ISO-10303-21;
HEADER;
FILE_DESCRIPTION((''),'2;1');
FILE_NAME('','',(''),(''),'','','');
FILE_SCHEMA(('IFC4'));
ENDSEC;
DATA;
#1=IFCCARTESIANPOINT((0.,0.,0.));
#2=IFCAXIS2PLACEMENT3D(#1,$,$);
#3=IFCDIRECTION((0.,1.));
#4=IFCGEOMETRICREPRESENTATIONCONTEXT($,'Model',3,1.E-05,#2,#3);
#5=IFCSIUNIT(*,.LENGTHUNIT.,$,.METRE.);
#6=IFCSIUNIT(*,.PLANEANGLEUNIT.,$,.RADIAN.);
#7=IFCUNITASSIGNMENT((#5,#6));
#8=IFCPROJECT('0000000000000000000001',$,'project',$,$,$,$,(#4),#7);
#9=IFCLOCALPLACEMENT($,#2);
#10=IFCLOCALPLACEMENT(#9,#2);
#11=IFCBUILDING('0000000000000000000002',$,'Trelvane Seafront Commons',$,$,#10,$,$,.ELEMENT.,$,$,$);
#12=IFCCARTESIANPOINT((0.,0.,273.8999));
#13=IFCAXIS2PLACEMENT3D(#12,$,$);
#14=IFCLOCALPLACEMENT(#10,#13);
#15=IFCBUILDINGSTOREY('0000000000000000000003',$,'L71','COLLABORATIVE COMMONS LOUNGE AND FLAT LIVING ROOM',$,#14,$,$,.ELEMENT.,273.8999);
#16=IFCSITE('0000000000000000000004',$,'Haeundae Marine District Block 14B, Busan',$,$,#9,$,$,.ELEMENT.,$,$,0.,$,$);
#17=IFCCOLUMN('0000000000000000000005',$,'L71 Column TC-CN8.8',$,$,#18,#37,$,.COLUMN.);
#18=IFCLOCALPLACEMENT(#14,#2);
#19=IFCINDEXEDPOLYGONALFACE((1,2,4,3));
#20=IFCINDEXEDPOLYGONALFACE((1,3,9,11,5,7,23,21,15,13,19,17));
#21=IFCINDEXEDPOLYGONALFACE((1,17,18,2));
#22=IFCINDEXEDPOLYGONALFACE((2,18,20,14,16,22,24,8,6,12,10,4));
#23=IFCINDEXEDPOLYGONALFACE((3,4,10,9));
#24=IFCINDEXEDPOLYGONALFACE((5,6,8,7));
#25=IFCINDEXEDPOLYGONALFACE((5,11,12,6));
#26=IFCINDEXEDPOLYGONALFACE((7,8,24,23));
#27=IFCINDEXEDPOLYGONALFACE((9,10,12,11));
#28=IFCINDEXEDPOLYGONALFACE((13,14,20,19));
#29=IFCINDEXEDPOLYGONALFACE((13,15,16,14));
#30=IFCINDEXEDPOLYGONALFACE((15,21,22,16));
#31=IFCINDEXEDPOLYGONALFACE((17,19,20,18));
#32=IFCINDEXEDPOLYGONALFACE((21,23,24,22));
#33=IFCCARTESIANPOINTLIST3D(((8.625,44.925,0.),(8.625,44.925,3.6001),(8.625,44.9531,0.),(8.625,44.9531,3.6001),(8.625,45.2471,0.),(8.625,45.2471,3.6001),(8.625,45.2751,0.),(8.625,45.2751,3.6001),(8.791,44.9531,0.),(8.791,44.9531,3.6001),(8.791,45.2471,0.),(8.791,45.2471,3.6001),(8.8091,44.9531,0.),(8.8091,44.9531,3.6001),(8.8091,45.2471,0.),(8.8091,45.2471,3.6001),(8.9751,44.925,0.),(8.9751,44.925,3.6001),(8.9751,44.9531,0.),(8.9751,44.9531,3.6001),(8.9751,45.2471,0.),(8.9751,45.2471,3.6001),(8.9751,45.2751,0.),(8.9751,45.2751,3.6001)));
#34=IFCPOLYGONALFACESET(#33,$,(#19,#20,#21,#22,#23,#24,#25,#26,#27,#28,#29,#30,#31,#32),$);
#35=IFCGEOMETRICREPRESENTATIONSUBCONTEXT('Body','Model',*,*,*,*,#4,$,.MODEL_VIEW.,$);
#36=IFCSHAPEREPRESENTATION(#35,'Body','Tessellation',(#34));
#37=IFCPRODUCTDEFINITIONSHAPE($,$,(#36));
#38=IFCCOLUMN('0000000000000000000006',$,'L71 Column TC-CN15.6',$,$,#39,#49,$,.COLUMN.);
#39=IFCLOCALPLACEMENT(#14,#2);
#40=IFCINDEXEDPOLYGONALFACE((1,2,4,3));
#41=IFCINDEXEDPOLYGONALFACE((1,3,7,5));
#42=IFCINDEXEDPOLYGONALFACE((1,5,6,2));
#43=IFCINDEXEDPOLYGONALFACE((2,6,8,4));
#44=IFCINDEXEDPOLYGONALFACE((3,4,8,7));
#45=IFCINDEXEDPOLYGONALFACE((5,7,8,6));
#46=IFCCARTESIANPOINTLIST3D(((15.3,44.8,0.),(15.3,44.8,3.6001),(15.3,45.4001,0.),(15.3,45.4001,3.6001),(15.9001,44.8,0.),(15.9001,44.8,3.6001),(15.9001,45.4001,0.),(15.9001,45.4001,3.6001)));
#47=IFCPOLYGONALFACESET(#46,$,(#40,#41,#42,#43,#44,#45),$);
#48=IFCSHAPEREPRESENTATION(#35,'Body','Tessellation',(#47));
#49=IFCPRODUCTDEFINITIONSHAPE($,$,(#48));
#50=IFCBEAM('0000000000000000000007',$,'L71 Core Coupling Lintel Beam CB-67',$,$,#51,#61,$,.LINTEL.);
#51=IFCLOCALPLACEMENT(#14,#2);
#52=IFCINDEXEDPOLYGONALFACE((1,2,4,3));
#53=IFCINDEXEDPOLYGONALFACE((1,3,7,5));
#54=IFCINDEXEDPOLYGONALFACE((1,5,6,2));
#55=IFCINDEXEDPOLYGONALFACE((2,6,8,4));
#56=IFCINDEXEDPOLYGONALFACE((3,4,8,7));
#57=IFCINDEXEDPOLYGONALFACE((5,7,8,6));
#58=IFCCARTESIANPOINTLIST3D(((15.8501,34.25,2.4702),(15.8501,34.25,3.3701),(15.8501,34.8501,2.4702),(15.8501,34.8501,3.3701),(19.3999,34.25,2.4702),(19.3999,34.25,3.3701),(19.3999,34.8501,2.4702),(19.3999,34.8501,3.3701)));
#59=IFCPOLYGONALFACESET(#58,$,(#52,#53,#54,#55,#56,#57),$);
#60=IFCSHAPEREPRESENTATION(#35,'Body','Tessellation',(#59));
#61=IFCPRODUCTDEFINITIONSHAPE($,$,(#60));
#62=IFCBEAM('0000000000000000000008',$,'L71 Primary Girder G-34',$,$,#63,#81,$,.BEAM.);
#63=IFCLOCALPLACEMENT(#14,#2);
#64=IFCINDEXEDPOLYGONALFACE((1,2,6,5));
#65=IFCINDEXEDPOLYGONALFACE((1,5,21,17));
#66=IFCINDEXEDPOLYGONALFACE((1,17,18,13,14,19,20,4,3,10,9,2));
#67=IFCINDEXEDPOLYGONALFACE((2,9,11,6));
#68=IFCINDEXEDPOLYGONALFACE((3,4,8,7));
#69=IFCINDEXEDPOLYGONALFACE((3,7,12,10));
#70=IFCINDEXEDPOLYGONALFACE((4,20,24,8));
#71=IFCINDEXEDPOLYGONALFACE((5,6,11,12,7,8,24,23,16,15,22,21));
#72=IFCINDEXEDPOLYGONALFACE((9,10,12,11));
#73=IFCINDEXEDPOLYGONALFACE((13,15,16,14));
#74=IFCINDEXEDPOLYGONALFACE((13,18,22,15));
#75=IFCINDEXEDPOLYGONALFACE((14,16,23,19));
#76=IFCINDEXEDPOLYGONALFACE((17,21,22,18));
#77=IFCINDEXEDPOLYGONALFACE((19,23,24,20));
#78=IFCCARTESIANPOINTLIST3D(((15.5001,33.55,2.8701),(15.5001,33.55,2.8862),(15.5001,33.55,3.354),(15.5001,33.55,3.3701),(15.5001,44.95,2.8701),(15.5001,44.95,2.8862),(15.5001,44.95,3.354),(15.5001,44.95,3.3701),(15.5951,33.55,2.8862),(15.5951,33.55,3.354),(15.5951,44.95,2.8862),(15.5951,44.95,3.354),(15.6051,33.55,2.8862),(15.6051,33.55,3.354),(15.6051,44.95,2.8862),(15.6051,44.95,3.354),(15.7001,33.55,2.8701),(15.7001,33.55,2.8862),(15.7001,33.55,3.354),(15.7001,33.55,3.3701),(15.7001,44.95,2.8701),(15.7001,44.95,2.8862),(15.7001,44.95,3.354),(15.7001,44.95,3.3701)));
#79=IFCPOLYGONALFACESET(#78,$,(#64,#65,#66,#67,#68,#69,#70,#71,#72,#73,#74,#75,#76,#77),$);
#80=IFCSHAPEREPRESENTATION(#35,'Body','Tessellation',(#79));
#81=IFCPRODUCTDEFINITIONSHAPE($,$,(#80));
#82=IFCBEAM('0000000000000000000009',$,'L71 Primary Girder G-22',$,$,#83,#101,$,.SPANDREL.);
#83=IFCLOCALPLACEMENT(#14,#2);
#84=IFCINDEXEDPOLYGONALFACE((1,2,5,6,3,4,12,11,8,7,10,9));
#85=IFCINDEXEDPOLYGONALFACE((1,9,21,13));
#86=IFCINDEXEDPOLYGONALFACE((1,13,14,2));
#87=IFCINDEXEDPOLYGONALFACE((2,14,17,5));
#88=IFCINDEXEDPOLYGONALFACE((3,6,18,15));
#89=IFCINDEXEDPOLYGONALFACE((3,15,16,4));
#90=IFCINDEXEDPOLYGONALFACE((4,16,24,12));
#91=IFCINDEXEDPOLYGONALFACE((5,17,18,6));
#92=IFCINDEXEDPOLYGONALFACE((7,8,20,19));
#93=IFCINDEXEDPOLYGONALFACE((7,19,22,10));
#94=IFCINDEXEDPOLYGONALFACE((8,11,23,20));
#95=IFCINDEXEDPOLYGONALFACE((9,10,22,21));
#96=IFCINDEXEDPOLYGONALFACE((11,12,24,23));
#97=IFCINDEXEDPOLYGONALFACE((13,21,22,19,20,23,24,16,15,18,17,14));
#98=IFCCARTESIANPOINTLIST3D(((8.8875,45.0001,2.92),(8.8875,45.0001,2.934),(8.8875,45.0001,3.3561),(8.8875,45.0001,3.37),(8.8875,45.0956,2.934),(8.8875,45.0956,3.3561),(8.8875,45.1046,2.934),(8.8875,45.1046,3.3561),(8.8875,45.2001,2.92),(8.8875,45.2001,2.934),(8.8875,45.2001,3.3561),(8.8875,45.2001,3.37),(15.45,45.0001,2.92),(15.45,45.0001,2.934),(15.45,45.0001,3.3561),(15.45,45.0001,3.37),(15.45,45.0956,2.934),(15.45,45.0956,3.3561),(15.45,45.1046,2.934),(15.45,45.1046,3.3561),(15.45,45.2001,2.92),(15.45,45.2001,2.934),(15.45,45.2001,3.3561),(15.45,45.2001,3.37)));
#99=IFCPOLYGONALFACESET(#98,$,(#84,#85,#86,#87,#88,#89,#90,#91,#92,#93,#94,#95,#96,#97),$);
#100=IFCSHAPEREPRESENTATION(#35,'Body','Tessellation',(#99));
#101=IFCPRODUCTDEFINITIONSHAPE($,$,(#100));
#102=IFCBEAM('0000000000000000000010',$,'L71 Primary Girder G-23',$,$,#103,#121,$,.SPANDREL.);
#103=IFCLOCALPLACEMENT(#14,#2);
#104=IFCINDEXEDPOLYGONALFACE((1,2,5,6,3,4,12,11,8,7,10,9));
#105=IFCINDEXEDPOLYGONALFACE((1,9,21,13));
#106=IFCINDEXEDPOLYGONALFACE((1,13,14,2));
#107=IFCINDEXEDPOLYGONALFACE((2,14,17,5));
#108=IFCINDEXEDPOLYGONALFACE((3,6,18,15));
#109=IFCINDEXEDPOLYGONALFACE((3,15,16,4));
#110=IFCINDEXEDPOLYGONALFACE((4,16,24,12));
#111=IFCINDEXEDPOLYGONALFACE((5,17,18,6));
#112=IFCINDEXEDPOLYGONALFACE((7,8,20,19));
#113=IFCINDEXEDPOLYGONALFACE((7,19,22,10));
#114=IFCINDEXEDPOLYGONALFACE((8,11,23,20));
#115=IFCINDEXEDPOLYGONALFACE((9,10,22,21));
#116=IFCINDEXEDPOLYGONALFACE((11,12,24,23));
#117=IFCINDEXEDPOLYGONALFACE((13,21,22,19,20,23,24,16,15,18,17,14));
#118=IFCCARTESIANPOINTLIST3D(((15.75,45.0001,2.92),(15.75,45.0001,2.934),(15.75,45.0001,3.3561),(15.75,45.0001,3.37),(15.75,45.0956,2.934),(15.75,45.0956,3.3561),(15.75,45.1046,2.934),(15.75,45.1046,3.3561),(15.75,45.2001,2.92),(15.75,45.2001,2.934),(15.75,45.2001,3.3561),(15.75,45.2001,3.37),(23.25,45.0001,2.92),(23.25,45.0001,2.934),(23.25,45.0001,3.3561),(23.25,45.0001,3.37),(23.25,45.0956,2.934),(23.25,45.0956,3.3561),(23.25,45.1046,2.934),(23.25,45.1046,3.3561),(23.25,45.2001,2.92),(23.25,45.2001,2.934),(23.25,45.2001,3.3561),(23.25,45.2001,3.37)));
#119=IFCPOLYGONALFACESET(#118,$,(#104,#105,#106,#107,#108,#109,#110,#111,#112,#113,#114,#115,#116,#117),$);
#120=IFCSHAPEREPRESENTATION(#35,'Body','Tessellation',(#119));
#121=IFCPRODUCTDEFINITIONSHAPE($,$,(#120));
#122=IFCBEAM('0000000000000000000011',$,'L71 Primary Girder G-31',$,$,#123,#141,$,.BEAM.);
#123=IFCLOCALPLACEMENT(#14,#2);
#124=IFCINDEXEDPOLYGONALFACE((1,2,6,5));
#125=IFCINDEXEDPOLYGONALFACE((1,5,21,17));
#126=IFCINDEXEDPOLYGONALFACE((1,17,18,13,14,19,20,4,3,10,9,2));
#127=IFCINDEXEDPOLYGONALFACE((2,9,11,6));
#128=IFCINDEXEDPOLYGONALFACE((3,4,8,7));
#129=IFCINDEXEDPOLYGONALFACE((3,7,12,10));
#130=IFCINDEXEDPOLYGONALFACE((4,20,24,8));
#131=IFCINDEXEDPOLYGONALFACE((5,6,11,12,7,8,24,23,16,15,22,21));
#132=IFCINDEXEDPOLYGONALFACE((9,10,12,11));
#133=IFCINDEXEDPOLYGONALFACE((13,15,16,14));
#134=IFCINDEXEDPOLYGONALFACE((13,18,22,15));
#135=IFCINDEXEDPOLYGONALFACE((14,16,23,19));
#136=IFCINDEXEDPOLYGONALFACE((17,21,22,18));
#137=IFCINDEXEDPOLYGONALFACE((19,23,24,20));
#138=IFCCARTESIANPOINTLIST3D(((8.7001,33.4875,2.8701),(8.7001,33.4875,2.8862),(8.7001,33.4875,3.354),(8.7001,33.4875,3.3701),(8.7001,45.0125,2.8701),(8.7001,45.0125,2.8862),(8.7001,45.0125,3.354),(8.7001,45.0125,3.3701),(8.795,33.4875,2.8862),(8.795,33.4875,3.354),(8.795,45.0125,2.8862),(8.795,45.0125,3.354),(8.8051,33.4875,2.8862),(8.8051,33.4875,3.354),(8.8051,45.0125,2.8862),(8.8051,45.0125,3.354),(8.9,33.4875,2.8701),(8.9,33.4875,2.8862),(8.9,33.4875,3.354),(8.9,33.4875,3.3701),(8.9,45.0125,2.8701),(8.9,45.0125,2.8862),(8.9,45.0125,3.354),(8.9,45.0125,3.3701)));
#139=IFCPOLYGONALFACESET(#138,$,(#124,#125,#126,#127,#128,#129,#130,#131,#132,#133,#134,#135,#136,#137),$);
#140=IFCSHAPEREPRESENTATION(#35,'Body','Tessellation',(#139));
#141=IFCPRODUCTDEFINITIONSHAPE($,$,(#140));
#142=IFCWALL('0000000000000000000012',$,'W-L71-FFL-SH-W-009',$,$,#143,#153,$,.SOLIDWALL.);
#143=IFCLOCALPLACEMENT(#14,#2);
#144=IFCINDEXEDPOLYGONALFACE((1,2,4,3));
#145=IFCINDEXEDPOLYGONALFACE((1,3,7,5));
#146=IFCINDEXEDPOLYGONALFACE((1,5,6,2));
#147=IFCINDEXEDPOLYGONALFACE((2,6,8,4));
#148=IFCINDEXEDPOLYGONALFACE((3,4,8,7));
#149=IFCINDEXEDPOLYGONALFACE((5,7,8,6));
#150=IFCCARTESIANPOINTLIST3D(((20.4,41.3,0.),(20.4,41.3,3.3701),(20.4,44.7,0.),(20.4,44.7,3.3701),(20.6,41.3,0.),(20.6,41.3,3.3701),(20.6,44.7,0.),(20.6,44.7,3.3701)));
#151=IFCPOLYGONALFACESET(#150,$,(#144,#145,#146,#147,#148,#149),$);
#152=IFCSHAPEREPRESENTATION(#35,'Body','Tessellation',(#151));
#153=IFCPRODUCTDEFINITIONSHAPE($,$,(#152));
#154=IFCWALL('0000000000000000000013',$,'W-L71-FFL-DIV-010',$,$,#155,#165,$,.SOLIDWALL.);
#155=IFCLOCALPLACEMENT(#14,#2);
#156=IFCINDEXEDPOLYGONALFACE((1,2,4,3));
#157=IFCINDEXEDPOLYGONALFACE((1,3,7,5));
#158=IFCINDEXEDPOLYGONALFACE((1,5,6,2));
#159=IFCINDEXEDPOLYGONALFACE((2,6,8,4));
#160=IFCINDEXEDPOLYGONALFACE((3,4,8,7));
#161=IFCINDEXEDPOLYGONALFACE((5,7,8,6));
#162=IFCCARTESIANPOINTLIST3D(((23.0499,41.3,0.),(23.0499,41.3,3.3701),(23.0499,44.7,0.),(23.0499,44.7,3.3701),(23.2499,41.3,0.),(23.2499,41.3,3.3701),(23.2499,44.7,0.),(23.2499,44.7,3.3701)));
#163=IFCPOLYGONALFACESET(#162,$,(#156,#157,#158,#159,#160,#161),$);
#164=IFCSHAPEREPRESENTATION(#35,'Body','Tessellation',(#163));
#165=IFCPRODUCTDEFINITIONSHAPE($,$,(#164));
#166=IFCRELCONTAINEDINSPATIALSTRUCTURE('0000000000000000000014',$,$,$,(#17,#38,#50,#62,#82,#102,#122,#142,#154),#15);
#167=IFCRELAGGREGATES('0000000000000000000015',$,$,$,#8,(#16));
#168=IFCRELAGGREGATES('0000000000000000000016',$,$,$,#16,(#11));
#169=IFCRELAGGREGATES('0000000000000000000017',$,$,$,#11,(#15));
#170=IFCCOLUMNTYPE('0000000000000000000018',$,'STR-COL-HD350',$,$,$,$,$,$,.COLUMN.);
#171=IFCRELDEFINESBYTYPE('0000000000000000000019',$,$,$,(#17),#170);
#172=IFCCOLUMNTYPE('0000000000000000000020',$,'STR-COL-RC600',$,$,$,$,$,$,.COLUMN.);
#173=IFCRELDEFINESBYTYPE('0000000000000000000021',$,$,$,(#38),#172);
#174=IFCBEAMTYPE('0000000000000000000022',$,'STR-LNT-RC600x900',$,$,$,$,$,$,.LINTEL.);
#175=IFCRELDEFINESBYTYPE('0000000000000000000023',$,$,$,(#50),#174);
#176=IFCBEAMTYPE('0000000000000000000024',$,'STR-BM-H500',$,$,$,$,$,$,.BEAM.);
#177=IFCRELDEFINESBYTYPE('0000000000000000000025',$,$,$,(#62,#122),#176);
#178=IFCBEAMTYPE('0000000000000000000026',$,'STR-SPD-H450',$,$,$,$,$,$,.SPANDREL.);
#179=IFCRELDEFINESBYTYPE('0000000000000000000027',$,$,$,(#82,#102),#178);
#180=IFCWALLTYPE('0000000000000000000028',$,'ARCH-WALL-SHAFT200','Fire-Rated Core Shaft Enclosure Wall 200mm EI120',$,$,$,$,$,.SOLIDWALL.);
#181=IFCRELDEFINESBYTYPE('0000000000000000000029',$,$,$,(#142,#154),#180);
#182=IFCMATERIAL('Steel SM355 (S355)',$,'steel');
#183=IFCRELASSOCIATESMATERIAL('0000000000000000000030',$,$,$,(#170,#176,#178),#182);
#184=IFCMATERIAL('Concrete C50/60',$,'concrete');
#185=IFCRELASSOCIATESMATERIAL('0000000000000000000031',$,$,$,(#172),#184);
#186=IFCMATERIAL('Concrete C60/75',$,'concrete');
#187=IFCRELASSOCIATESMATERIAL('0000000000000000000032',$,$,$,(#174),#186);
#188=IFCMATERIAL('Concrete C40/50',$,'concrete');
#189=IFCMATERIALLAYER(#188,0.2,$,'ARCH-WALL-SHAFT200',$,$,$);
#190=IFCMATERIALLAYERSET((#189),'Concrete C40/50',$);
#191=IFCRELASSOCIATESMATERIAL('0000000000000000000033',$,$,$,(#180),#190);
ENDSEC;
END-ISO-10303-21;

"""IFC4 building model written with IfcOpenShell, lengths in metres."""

from ifc_helpers import new_model, si_unit, direction, frame, frame_2d, origin, origin_2d, place, context, subcontext, project, spatial, rectangle, i_section, extrude, source, transform, mapped, material, layer, layer_set, material_profile, profile_set, type_object, element, save


model = new_model("IFC4")

# Units and contexts
model_context = context("Model", 3, precision=1e-05, world=origin(), true_north=direction((0.0, 1.0)))
body_context = subcontext(model_context, "Body", "Model", "MODEL_VIEW")
ifc_project = project(units=[si_unit("LENGTHUNIT", "METRE"), si_unit("PLANEANGLEUNIT", "RADIAN")], contexts=[model_context])

# Site, building, storey
site_placement = place(None, origin())
site = spatial("IfcSite", under=ifc_project, at=site_placement, Name="Haeundae Marine District Block 14B, Busan", CompositionType="ELEMENT", RefElevation=0.0)
building_placement = place(site_placement, origin())
building = spatial("IfcBuilding", under=site, at=building_placement, Name="Trelvane Seafront Commons", CompositionType="ELEMENT")
storey_placement = place(building_placement, frame((0.0, 0.0, 273.8999)))
storey = spatial("IfcBuildingStorey", under=building, at=storey_placement, Name="L71", Description="COLLABORATIVE COMMONS LOUNGE AND FLAT LIVING ROOM", CompositionType="ELEMENT", Elevation=273.8999)

# Columns
ifc_material_1 = material(Name="Steel SM355 (S355)", Category="steel")
ifc_material_profile_1 = material_profile(ifc_material_1, i_section(OverallWidth=0.3501, OverallDepth=0.3501, WebThickness=0.0181, FlangeThickness=0.0281, at=origin_2d()), Name="HD-350x350x18x28")
ifc_profile_set_1 = profile_set([ifc_material_profile_1], Name="Steel SM355 (S355)")
column_type_1 = type_object("IfcColumnType", Name="STR-COL-HD350", PredefinedType="COLUMN", material=ifc_profile_set_1)
shared_shape_1 = source(origin(), body_context, "Body", "SweptSolid", [
    extrude(i_section(OverallWidth=0.3501, OverallDepth=0.3501, WebThickness=0.0181, FlangeThickness=0.0281, at=origin_2d()), origin(), (0.0, 0.0, 1.0), 3.6001),
])
column_1_placement = place(storey_placement, frame((8.8, 45.1001, 0.0), z_axis=(0.0, 0.0, 1.0), x_axis=(1.0, 0.0, 0.0)))
element("IfcColumn", 1, at=column_1_placement, inside=storey, type_object=column_type_1, Name="L71 Column TC-CN8.8", PredefinedType="COLUMN", context=body_context, shape_type="MappedRepresentation", body=[
    mapped(shared_shape_1, transform((0.0, 0.0, 0.0), x_axis=(1.0, 0.0, 0.0), y_axis=(0.0, 1.0, 0.0), z_axis=(0.0, 0.0, 1.0), scale=1.0)),
])
ifc_material_2 = material(Name="Concrete C50/60", Category="concrete")
ifc_material_profile_2 = material_profile(ifc_material_2, rectangle(XDim=0.6001, YDim=0.6001, at=origin_2d()), Name="RC-600x600")
ifc_profile_set_2 = profile_set([ifc_material_profile_2], Name="Concrete C50/60")
column_type_2 = type_object("IfcColumnType", Name="STR-COL-RC600", PredefinedType="COLUMN", material=ifc_profile_set_2)
shared_shape_2 = source(origin(), body_context, "Body", "SweptSolid", [
    extrude(rectangle(XDim=0.6001, YDim=0.6001, at=origin_2d()), origin(), (0.0, 0.0, 1.0), 3.6001),
])
column_2_placement = place(storey_placement, frame((15.6001, 45.1001, 0.0), z_axis=(0.0, 0.0, 1.0), x_axis=(1.0, 0.0, 0.0)))
element("IfcColumn", 2, at=column_2_placement, inside=storey, type_object=column_type_2, Name="L71 Column TC-CN15.6", PredefinedType="COLUMN", context=body_context, shape_type="MappedRepresentation", body=[
    mapped(shared_shape_2, transform((0.0, 0.0, 0.0), x_axis=(1.0, 0.0, 0.0), y_axis=(0.0, 1.0, 0.0), z_axis=(0.0, 0.0, 1.0), scale=1.0)),
])

# Beams
ifc_material_3 = material(Name="Concrete C60/75", Category="concrete")
ifc_material_profile_3 = material_profile(ifc_material_3, rectangle(XDim=0.6001, YDim=0.8999, at=origin_2d()), Name="RC-600x900")
ifc_profile_set_3 = profile_set([ifc_material_profile_3], Name="Concrete C60/75")
beam_type_1 = type_object("IfcBeamType", Name="STR-LNT-RC600x900", PredefinedType="LINTEL", material=ifc_profile_set_3)
shared_shape_3 = source(origin(), body_context, "Body", "SweptSolid", [
    extrude(rectangle(XDim=0.6001, YDim=0.8999, at=origin_2d()), origin(), (0.0, 0.0, 1.0), 3.5498),
])
beam_1_placement = place(storey_placement, frame((15.8501, 34.55, 2.9202), z_axis=(1.0, 0.0, 0.0), x_axis=(0.0, 1.0, 0.0)))
element("IfcBeam", 3, at=beam_1_placement, inside=storey, type_object=beam_type_1, Name="L71 Core Coupling Lintel Beam CB-67", PredefinedType="LINTEL", context=body_context, shape_type="MappedRepresentation", body=[
    mapped(shared_shape_3, transform((0.0, 0.0, 0.0), x_axis=(1.0, 0.0, 0.0), y_axis=(0.0, 1.0, 0.0), z_axis=(0.0, 0.0, 1.0), scale=1.0)),
])
ifc_material_profile_4 = material_profile(ifc_material_1, i_section(OverallWidth=0.2, OverallDepth=0.5, WebThickness=0.01, FlangeThickness=0.0161, at=origin_2d()), Name="H-500x200x10x16")
ifc_profile_set_4 = profile_set([ifc_material_profile_4], Name="Steel SM355 (S355)")
beam_type_2 = type_object("IfcBeamType", Name="STR-BM-H500", PredefinedType="BEAM", material=ifc_profile_set_4)
shared_shape_4 = source(origin(), body_context, "Body", "SweptSolid", [
    extrude(i_section(OverallWidth=0.2, OverallDepth=0.5, WebThickness=0.01, FlangeThickness=0.0161, at=origin_2d()), origin(), (0.0, 0.0, 1.0), 11.3999),
])
beam_2_placement = place(storey_placement, frame((15.6001, 33.55, 3.1201), z_axis=(0.0, 1.0, 0.0), x_axis=(-1.0, 0.0, 0.0)))
element("IfcBeam", 4, at=beam_2_placement, inside=storey, type_object=beam_type_2, Name="L71 Primary Girder G-34", PredefinedType="BEAM", context=body_context, shape_type="MappedRepresentation", body=[
    mapped(shared_shape_4, transform((0.0, 0.0, 0.0), x_axis=(1.0, 0.0, 0.0), y_axis=(0.0, 1.0, 0.0), z_axis=(0.0, 0.0, 1.0), scale=1.0)),
])
ifc_material_profile_5 = material_profile(ifc_material_1, i_section(OverallWidth=0.2, OverallDepth=0.45, WebThickness=0.009, FlangeThickness=0.0139, at=origin_2d()), Name="H-450x200x9x14")
ifc_profile_set_5 = profile_set([ifc_material_profile_5], Name="Steel SM355 (S355)")
beam_type_3 = type_object("IfcBeamType", Name="STR-SPD-H450", PredefinedType="SPANDREL", material=ifc_profile_set_5)
shared_shape_5 = source(origin(), body_context, "Body", "SweptSolid", [
    extrude(i_section(OverallWidth=0.2, OverallDepth=0.45, WebThickness=0.009, FlangeThickness=0.0139, at=origin_2d()), origin(), (0.0, 0.0, 1.0), 6.5625),
])
beam_3_placement = place(storey_placement, frame((8.8875, 45.1001, 3.145), z_axis=(1.0, 0.0, 0.0), x_axis=(0.0, 1.0, 0.0)))
element("IfcBeam", 5, at=beam_3_placement, inside=storey, type_object=beam_type_3, Name="L71 Primary Girder G-22", PredefinedType="SPANDREL", context=body_context, shape_type="MappedRepresentation", body=[
    mapped(shared_shape_5, transform((0.0, 0.0, 0.0), x_axis=(1.0, 0.0, 0.0), y_axis=(0.0, 1.0, 0.0), z_axis=(0.0, 0.0, 1.0), scale=1.0)),
])
shared_shape_6 = source(origin(), body_context, "Body", "SweptSolid", [
    extrude(i_section(OverallWidth=0.2, OverallDepth=0.45, WebThickness=0.009, FlangeThickness=0.0139, at=origin_2d()), origin(), (0.0, 0.0, 1.0), 7.5),
])
beam_4_placement = place(storey_placement, frame((15.75, 45.1001, 3.145), z_axis=(1.0, 0.0, 0.0), x_axis=(0.0, 1.0, 0.0)))
element("IfcBeam", 6, at=beam_4_placement, inside=storey, type_object=beam_type_3, Name="L71 Primary Girder G-23", PredefinedType="SPANDREL", context=body_context, shape_type="MappedRepresentation", body=[
    mapped(shared_shape_6, transform((0.0, 0.0, 0.0), x_axis=(1.0, 0.0, 0.0), y_axis=(0.0, 1.0, 0.0), z_axis=(0.0, 0.0, 1.0), scale=1.0)),
])
shared_shape_7 = source(origin(), body_context, "Body", "SweptSolid", [
    extrude(i_section(OverallWidth=0.2, OverallDepth=0.5, WebThickness=0.01, FlangeThickness=0.0161, at=origin_2d()), origin(), (0.0, 0.0, 1.0), 11.5249),
])
beam_5_placement = place(storey_placement, frame((8.8, 33.4875, 3.1201), z_axis=(0.0, 1.0, 0.0), x_axis=(-1.0, 0.0, 0.0)))
element("IfcBeam", 7, at=beam_5_placement, inside=storey, type_object=beam_type_2, Name="L71 Primary Girder G-31", PredefinedType="BEAM", context=body_context, shape_type="MappedRepresentation", body=[
    mapped(shared_shape_7, transform((0.0, 0.0, 0.0), x_axis=(1.0, 0.0, 0.0), y_axis=(0.0, 1.0, 0.0), z_axis=(0.0, 0.0, 1.0), scale=1.0)),
])

# Shared definitions
ifc_material_4 = material(Name="Concrete C40/50", Category="concrete")
ifc_layer_1 = layer(ifc_material_4, 0.2, Name="ARCH-WALL-SHAFT200")
ifc_layer_set_1 = layer_set([ifc_layer_1], Name="Concrete C40/50")
wall_type_1 = type_object("IfcWallType", Name="ARCH-WALL-SHAFT200", Description="Fire-Rated Core Shaft Enclosure Wall 200mm EI120", PredefinedType="SOLIDWALL", material=ifc_layer_set_1)

# Walls
for number, where, z_axis, x_axis, name in (
    (8, (20.5, 41.3, 0.0), (0.0, 0.0, 1.0), (0.0, 1.0, 0.0), "W-L71-FFL-SH-W-009"),
    (9, (23.1499, 41.3, 0.0), (0.0, 0.0, 1.0), (0.0, 1.0, 0.0), "W-L71-FFL-DIV-010"),
):
    element("IfcWall", number, at=place(storey_placement, frame(where, z_axis=z_axis, x_axis=x_axis)), inside=storey, type_object=wall_type_1, Name=name, PredefinedType="SOLIDWALL", context=body_context, shape_type="SweptSolid", body=[
        extrude(rectangle(XDim=3.3999, YDim=0.2, at=frame_2d((1.7, 0.0))), origin(), (0.0, 0.0, 1.0), 3.3701),
    ])

save(model, "model.ifc")
